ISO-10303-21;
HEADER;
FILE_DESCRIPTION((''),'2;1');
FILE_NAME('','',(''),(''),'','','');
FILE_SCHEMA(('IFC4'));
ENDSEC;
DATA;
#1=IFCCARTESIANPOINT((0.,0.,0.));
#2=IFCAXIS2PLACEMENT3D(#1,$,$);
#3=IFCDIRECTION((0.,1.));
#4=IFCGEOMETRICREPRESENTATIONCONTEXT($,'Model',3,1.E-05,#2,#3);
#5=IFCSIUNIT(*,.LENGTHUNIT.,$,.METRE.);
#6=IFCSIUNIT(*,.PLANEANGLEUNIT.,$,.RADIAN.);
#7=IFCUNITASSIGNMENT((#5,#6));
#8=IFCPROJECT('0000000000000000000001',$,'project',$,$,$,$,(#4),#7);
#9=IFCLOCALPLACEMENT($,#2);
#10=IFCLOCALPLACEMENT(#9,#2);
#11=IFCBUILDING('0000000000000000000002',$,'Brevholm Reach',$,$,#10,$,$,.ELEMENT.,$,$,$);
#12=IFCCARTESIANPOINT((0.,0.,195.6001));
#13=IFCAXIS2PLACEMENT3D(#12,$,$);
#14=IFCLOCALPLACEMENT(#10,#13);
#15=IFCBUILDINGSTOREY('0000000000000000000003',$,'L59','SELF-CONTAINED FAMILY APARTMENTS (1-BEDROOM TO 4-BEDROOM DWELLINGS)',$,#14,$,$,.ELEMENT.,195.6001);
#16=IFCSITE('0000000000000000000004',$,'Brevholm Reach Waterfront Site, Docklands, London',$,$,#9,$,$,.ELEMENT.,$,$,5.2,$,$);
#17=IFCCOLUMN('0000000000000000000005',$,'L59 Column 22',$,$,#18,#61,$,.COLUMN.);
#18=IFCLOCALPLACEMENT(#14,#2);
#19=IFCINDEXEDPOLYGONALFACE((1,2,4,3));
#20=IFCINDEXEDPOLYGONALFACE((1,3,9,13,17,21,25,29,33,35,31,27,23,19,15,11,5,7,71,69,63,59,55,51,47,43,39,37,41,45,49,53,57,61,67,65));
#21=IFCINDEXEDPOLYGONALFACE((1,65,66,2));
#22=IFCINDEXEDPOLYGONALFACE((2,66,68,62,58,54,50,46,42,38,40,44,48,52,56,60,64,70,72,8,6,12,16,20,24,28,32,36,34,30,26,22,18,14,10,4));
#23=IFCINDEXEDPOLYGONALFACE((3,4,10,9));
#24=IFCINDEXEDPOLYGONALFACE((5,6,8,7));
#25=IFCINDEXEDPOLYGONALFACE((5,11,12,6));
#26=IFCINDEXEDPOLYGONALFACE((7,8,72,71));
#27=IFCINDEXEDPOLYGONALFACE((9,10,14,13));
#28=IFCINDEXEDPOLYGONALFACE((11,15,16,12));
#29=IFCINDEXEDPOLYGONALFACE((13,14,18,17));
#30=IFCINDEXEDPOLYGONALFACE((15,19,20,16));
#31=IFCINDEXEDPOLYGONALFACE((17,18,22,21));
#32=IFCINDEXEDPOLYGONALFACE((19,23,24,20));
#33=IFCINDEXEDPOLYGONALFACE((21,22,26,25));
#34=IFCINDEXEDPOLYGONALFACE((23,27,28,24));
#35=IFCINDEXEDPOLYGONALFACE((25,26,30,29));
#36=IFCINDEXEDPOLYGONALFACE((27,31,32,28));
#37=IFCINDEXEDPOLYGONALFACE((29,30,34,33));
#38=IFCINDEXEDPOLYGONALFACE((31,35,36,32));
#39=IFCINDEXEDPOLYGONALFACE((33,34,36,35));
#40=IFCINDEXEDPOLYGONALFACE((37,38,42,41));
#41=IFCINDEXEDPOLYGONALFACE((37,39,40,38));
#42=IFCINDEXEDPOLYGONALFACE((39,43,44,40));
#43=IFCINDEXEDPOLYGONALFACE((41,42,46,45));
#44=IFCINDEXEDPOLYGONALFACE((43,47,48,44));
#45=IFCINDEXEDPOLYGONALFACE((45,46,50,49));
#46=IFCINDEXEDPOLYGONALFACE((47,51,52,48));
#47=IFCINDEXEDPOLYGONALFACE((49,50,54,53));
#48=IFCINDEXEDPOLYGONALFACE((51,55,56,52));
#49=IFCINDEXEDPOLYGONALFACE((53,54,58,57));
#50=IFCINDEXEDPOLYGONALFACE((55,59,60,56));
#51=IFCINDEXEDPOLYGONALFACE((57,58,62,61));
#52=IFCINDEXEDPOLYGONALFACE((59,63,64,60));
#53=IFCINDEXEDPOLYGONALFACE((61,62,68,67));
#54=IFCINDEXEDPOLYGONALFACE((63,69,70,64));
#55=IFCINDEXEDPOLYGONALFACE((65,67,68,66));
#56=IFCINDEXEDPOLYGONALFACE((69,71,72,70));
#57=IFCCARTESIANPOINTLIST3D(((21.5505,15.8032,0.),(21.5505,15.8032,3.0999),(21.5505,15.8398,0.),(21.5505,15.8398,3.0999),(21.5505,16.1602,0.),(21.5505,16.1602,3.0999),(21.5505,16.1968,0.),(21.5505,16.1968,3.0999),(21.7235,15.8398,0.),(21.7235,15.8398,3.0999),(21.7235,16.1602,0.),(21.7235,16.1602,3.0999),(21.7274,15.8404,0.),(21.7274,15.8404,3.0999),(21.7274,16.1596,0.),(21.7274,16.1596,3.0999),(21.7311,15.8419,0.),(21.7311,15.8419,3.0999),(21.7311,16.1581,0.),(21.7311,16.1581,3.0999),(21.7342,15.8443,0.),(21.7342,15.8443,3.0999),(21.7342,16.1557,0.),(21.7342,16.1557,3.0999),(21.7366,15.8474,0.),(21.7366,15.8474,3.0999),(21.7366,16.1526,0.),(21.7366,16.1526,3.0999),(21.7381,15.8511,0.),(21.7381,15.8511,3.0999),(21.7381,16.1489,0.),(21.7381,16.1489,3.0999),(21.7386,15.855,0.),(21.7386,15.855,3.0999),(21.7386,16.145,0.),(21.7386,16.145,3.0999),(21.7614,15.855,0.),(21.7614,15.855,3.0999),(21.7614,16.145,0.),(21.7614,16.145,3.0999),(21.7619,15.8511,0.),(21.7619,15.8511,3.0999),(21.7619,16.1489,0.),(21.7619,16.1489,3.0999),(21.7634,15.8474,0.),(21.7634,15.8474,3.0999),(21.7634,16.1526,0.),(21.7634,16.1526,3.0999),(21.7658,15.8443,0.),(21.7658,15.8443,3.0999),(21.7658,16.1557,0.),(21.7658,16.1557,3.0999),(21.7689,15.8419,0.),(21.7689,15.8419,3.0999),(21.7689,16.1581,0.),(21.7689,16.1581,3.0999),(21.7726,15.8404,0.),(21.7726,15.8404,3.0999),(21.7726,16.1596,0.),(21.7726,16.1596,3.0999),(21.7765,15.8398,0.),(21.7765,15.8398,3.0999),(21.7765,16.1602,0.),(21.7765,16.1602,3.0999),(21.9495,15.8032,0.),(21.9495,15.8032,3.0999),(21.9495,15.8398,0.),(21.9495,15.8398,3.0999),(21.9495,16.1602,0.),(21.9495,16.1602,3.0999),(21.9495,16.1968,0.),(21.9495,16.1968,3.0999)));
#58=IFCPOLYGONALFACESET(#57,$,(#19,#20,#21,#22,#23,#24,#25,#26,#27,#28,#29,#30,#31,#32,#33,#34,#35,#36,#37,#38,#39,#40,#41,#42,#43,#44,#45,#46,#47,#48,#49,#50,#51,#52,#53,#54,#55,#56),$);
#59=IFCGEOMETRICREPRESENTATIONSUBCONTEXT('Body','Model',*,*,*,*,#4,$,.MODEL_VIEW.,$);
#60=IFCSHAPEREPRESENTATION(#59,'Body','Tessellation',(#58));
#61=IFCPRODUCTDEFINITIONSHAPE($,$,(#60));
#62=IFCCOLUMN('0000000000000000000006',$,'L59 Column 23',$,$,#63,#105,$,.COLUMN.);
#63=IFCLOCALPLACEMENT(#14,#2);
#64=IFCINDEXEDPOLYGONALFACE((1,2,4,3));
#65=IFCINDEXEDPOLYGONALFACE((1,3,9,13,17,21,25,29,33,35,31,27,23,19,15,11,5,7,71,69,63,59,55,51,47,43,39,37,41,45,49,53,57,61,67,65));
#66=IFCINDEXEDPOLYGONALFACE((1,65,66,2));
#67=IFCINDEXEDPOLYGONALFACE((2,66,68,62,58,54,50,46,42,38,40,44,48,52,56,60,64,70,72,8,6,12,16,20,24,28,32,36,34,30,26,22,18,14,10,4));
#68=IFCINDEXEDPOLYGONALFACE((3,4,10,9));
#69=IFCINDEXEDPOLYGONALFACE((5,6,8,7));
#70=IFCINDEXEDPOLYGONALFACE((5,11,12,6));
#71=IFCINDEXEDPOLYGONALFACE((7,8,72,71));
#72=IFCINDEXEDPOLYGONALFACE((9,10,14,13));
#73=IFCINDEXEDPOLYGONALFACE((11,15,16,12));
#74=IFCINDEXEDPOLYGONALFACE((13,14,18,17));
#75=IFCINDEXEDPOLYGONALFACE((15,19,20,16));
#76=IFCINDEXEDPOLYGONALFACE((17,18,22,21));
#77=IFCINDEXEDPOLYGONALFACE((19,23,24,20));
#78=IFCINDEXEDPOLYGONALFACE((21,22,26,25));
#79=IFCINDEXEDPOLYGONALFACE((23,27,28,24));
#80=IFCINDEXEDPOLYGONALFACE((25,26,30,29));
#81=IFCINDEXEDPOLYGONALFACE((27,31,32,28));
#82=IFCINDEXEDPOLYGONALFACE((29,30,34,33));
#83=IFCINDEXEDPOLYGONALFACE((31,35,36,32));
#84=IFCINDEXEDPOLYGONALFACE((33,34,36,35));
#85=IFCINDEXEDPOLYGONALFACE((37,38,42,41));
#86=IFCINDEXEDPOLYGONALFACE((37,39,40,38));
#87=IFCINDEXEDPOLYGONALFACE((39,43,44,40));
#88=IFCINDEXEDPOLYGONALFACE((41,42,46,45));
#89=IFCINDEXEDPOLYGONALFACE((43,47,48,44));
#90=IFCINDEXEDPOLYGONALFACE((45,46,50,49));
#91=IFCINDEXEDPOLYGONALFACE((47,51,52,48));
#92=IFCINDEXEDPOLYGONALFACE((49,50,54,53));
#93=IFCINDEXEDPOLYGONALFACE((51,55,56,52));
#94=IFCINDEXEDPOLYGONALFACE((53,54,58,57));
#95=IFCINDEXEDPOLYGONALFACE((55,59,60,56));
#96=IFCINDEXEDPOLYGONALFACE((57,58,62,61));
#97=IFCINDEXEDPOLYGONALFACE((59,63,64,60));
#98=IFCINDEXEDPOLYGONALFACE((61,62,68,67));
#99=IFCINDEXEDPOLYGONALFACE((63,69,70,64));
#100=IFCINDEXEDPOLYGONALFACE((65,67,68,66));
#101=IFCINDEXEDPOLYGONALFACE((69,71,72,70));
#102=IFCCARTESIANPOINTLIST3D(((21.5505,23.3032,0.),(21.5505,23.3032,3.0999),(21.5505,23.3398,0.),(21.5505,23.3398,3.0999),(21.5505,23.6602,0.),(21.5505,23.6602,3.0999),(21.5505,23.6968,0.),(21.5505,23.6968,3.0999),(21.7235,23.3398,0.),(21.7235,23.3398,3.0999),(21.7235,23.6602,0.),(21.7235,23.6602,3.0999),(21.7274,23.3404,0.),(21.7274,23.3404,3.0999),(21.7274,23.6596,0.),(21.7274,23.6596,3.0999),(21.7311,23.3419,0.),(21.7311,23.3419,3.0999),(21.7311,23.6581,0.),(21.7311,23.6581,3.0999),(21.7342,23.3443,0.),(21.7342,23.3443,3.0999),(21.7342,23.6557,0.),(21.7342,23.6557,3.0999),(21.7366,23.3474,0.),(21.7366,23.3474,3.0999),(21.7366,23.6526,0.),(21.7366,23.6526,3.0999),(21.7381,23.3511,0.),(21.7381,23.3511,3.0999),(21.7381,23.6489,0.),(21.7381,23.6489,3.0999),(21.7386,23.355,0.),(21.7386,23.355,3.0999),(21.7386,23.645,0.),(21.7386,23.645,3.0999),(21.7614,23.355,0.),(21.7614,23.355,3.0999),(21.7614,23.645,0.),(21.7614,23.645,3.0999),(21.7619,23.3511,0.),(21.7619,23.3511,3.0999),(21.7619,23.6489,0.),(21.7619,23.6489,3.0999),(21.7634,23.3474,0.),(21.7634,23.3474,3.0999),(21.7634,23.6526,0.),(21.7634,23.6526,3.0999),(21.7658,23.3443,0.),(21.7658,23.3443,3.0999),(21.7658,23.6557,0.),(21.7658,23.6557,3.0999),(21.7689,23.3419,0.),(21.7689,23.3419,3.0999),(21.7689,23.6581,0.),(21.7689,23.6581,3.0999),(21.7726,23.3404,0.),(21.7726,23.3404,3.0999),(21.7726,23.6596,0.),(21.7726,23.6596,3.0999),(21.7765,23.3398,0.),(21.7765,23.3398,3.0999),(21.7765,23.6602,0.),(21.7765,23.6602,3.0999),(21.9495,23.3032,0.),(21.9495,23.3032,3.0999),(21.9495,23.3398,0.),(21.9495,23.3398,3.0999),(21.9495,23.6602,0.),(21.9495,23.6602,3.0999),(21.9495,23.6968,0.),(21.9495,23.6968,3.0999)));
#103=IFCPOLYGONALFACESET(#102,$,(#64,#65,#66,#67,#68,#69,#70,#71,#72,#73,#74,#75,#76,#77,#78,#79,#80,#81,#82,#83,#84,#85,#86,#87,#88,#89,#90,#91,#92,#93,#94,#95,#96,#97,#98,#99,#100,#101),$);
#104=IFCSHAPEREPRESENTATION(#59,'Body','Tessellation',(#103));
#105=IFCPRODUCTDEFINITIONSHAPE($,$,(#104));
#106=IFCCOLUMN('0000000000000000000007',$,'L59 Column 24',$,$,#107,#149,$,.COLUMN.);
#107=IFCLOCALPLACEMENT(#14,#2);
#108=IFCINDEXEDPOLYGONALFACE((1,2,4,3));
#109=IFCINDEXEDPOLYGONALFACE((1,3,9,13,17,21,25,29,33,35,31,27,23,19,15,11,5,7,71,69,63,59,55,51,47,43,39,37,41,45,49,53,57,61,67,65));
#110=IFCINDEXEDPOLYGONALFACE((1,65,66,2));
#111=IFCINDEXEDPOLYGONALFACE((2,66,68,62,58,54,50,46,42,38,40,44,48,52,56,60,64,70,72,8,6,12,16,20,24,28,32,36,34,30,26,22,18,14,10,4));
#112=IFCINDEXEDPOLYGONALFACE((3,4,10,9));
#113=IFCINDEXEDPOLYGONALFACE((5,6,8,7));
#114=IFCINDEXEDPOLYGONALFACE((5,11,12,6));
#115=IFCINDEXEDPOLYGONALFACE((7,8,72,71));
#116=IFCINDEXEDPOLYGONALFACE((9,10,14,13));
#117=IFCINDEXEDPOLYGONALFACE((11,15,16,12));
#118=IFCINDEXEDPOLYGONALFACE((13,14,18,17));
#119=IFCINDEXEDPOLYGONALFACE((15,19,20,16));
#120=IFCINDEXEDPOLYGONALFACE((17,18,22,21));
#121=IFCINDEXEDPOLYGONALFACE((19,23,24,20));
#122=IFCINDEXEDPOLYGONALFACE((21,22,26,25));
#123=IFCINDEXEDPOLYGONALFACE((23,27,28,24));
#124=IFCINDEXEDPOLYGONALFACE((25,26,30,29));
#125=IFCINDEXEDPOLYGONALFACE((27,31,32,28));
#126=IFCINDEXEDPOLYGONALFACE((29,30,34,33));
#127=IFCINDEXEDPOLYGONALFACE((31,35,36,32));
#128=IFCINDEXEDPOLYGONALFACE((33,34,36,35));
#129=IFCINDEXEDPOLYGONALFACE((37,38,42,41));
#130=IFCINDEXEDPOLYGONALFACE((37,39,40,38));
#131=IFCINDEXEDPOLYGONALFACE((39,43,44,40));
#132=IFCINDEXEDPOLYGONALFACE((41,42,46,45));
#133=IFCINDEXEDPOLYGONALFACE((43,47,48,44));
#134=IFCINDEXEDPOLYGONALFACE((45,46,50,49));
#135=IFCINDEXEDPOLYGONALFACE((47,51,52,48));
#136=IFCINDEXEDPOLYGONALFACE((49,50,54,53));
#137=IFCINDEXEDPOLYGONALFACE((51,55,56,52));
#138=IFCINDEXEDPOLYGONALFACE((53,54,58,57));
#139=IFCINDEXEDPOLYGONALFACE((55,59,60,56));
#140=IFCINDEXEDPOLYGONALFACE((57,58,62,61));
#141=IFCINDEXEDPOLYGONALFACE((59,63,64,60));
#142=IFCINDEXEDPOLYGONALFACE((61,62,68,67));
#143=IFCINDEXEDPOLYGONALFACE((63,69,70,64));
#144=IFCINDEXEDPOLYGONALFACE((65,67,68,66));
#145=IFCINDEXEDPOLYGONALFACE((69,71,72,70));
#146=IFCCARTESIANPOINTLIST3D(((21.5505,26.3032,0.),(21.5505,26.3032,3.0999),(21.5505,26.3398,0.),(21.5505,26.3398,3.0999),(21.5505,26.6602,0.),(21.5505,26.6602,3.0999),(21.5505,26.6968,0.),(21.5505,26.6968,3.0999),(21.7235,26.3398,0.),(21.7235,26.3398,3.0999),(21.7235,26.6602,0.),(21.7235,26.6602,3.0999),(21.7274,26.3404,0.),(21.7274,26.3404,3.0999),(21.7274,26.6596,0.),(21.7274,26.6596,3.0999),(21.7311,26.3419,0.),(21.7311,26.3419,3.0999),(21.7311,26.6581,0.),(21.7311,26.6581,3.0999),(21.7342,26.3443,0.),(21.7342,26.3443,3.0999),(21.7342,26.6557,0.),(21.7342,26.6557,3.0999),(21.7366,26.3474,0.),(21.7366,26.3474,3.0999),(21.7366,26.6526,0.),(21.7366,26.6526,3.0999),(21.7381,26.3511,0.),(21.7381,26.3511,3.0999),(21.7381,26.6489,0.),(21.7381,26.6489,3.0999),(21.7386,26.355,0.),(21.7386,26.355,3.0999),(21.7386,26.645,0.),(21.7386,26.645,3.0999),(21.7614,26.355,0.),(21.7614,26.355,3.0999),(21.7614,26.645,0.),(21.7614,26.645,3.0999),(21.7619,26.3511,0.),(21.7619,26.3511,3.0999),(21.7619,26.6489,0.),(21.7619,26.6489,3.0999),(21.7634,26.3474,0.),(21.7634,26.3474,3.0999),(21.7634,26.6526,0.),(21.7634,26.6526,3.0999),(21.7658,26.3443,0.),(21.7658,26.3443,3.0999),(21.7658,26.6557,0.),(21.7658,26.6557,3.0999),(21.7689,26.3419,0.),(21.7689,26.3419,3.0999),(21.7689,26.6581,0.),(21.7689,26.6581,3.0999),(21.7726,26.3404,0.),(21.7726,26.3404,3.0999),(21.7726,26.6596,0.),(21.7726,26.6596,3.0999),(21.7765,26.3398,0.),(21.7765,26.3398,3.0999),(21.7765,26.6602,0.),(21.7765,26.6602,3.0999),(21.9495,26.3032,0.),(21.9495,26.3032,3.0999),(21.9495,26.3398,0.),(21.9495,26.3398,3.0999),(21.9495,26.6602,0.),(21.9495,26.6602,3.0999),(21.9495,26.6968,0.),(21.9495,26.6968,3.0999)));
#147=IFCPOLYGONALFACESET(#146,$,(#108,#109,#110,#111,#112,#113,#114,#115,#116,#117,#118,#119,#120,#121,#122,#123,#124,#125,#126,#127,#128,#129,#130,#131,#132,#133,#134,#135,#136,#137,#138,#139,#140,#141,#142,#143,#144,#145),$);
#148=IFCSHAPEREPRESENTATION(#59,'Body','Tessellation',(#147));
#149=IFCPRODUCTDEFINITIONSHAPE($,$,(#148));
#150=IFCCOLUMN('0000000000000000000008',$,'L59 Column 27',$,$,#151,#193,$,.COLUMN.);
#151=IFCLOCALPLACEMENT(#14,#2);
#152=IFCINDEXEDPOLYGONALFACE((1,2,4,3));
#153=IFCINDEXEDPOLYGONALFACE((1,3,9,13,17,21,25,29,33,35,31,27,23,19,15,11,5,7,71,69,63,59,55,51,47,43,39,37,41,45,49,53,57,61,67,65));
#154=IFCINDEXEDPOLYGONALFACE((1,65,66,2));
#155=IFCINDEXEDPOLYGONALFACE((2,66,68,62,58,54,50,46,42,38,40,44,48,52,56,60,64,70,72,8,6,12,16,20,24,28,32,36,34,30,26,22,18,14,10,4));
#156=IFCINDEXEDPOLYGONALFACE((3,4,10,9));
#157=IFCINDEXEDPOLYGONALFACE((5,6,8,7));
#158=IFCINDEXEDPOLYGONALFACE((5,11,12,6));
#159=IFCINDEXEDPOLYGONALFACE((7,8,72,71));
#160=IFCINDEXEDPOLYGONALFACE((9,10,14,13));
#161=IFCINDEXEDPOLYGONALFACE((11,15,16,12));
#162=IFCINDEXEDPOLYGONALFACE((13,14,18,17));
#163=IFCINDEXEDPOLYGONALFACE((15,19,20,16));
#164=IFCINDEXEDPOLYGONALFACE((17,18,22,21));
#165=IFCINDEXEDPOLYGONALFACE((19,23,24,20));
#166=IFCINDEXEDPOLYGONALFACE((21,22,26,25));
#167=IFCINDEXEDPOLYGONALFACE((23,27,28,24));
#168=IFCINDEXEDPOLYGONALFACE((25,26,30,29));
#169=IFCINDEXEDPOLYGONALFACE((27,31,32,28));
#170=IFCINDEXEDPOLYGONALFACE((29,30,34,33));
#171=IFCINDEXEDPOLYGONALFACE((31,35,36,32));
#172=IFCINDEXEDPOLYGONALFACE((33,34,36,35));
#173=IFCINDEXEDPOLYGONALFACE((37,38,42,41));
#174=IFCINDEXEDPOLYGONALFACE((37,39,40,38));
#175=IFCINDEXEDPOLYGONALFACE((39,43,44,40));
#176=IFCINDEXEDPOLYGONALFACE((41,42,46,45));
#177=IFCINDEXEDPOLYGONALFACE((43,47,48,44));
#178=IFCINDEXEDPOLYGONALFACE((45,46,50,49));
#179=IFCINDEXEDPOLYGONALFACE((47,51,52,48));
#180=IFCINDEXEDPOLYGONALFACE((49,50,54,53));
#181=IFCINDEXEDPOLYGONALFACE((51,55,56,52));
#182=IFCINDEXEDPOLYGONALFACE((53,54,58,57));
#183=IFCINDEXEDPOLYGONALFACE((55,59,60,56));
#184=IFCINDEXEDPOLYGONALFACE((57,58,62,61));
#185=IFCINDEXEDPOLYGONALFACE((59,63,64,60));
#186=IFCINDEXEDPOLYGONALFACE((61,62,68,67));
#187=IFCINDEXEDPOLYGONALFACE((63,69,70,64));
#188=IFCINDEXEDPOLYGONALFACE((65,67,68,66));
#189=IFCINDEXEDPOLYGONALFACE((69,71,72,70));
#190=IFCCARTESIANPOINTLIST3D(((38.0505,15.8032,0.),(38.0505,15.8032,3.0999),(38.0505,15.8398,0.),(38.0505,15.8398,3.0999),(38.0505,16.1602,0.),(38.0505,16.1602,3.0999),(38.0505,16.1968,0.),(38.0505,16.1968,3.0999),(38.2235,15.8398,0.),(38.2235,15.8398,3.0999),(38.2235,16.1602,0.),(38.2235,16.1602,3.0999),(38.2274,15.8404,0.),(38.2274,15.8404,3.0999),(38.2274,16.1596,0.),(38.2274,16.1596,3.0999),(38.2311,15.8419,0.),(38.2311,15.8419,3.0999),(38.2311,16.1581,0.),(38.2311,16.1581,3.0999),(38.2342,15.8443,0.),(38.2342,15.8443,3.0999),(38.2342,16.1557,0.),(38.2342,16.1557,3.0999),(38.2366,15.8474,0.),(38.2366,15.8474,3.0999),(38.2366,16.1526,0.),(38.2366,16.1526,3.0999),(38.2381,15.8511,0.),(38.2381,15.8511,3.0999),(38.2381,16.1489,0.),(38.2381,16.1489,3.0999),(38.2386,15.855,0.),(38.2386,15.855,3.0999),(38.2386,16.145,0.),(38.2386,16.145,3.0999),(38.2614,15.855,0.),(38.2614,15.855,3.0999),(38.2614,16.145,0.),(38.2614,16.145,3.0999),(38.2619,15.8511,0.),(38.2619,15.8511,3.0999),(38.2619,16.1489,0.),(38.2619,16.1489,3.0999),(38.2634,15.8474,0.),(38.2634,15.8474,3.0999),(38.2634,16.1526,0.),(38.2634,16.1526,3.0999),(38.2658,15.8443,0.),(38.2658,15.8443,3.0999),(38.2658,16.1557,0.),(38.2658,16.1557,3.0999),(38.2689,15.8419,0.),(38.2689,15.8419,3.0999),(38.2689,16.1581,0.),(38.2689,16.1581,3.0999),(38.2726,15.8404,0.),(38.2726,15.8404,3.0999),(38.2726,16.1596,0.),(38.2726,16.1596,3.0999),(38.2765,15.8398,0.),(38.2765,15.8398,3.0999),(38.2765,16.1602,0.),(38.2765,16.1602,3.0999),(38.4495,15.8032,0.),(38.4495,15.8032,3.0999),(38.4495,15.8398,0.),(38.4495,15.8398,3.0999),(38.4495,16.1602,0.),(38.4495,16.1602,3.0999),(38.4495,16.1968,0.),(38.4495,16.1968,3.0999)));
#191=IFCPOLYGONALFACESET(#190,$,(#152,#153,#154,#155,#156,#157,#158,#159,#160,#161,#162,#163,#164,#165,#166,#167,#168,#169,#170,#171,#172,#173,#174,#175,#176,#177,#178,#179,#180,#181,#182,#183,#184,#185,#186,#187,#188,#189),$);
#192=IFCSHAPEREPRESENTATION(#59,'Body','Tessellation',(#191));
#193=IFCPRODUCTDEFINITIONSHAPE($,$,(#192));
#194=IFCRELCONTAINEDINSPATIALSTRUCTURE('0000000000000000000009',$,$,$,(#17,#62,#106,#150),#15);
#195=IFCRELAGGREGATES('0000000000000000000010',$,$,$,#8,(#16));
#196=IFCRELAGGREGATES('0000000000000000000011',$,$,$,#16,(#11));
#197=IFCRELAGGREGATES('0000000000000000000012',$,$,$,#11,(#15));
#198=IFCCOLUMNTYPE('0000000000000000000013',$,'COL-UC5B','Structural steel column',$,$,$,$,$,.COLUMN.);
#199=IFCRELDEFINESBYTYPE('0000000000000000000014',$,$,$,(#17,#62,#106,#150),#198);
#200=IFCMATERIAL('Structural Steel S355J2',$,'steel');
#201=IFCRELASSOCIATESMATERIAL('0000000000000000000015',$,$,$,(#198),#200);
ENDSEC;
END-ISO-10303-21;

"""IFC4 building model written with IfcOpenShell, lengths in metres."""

from ifc_helpers import new_model, si_unit, direction, frame, origin, origin_2d, place, context, subcontext, project, spatial, i_section, extrude, material, material_profile, profile_set, type_object, element, save


model = new_model("IFC4")

# Units and contexts
model_context = context("Model", 3, precision=1e-05, world=origin(), true_north=direction((0.0, 1.0)))
body_context = subcontext(model_context, "Body", "Model", "MODEL_VIEW")
ifc_project = project(units=[si_unit("LENGTHUNIT", "METRE"), si_unit("PLANEANGLEUNIT", "RADIAN")], contexts=[model_context])

# Site, building, storey
site_placement = place(None, origin())
site = spatial("IfcSite", under=ifc_project, at=site_placement, Name="Brevholm Reach Waterfront Site, Docklands, London", CompositionType="ELEMENT", RefElevation=5.2)
building_placement = place(site_placement, origin())
building = spatial("IfcBuilding", under=site, at=building_placement, Name="Brevholm Reach", CompositionType="ELEMENT")
storey_placement = place(building_placement, frame((0.0, 0.0, 195.6001)))
storey = spatial("IfcBuildingStorey", under=building, at=storey_placement, Name="L59", Description="SELF-CONTAINED FAMILY APARTMENTS (1-BEDROOM TO 4-BEDROOM DWELLINGS)", CompositionType="ELEMENT", Elevation=195.6001)

# Columns
ifc_material_1 = material(Name="Structural Steel S355J2", Category="steel")
ifc_material_profile_1 = material_profile(ifc_material_1, i_section(OverallWidth=0.3989, OverallDepth=0.3936, WebThickness=0.0227, FlangeThickness=0.0366, FilletRadius=0.0151, at=origin_2d()), Name="UKC 356x406x287")
ifc_profile_set_1 = profile_set([ifc_material_profile_1], Name="Structural Steel S355J2")
column_type = type_object("IfcColumnType", Name="COL-UC5B", Description="Structural steel column", PredefinedType="COLUMN", material=ifc_profile_set_1)
for number, where, z_axis, x_axis, name in (
    (1, (21.75, 16.0, 0.0), (0.0, 0.0, 1.0), (1.0, 0.0, 0.0), "L59 Column 22"),
    (2, (21.75, 23.5, 0.0), (0.0, 0.0, 1.0), (1.0, 0.0, 0.0), "L59 Column 23"),
    (3, (21.75, 26.5, 0.0), (0.0, 0.0, 1.0), (1.0, 0.0, 0.0), "L59 Column 24"),
    (4, (38.25, 16.0, 0.0), (0.0, 0.0, 1.0), (1.0, 0.0, 0.0), "L59 Column 27"),
):
    element("IfcColumn", number, at=place(storey_placement, frame(where, z_axis=z_axis, x_axis=x_axis)), inside=storey, type_object=column_type, Name=name, PredefinedType="COLUMN", context=body_context, shape_type="SweptSolid", body=[
        extrude(i_section(OverallWidth=0.3989, OverallDepth=0.3936, WebThickness=0.0227, FlangeThickness=0.0366, FilletRadius=0.0151, at=origin_2d()), origin(), (0.0, 0.0, 1.0), 3.0999),
    ])

save(model, "model.ifc")
